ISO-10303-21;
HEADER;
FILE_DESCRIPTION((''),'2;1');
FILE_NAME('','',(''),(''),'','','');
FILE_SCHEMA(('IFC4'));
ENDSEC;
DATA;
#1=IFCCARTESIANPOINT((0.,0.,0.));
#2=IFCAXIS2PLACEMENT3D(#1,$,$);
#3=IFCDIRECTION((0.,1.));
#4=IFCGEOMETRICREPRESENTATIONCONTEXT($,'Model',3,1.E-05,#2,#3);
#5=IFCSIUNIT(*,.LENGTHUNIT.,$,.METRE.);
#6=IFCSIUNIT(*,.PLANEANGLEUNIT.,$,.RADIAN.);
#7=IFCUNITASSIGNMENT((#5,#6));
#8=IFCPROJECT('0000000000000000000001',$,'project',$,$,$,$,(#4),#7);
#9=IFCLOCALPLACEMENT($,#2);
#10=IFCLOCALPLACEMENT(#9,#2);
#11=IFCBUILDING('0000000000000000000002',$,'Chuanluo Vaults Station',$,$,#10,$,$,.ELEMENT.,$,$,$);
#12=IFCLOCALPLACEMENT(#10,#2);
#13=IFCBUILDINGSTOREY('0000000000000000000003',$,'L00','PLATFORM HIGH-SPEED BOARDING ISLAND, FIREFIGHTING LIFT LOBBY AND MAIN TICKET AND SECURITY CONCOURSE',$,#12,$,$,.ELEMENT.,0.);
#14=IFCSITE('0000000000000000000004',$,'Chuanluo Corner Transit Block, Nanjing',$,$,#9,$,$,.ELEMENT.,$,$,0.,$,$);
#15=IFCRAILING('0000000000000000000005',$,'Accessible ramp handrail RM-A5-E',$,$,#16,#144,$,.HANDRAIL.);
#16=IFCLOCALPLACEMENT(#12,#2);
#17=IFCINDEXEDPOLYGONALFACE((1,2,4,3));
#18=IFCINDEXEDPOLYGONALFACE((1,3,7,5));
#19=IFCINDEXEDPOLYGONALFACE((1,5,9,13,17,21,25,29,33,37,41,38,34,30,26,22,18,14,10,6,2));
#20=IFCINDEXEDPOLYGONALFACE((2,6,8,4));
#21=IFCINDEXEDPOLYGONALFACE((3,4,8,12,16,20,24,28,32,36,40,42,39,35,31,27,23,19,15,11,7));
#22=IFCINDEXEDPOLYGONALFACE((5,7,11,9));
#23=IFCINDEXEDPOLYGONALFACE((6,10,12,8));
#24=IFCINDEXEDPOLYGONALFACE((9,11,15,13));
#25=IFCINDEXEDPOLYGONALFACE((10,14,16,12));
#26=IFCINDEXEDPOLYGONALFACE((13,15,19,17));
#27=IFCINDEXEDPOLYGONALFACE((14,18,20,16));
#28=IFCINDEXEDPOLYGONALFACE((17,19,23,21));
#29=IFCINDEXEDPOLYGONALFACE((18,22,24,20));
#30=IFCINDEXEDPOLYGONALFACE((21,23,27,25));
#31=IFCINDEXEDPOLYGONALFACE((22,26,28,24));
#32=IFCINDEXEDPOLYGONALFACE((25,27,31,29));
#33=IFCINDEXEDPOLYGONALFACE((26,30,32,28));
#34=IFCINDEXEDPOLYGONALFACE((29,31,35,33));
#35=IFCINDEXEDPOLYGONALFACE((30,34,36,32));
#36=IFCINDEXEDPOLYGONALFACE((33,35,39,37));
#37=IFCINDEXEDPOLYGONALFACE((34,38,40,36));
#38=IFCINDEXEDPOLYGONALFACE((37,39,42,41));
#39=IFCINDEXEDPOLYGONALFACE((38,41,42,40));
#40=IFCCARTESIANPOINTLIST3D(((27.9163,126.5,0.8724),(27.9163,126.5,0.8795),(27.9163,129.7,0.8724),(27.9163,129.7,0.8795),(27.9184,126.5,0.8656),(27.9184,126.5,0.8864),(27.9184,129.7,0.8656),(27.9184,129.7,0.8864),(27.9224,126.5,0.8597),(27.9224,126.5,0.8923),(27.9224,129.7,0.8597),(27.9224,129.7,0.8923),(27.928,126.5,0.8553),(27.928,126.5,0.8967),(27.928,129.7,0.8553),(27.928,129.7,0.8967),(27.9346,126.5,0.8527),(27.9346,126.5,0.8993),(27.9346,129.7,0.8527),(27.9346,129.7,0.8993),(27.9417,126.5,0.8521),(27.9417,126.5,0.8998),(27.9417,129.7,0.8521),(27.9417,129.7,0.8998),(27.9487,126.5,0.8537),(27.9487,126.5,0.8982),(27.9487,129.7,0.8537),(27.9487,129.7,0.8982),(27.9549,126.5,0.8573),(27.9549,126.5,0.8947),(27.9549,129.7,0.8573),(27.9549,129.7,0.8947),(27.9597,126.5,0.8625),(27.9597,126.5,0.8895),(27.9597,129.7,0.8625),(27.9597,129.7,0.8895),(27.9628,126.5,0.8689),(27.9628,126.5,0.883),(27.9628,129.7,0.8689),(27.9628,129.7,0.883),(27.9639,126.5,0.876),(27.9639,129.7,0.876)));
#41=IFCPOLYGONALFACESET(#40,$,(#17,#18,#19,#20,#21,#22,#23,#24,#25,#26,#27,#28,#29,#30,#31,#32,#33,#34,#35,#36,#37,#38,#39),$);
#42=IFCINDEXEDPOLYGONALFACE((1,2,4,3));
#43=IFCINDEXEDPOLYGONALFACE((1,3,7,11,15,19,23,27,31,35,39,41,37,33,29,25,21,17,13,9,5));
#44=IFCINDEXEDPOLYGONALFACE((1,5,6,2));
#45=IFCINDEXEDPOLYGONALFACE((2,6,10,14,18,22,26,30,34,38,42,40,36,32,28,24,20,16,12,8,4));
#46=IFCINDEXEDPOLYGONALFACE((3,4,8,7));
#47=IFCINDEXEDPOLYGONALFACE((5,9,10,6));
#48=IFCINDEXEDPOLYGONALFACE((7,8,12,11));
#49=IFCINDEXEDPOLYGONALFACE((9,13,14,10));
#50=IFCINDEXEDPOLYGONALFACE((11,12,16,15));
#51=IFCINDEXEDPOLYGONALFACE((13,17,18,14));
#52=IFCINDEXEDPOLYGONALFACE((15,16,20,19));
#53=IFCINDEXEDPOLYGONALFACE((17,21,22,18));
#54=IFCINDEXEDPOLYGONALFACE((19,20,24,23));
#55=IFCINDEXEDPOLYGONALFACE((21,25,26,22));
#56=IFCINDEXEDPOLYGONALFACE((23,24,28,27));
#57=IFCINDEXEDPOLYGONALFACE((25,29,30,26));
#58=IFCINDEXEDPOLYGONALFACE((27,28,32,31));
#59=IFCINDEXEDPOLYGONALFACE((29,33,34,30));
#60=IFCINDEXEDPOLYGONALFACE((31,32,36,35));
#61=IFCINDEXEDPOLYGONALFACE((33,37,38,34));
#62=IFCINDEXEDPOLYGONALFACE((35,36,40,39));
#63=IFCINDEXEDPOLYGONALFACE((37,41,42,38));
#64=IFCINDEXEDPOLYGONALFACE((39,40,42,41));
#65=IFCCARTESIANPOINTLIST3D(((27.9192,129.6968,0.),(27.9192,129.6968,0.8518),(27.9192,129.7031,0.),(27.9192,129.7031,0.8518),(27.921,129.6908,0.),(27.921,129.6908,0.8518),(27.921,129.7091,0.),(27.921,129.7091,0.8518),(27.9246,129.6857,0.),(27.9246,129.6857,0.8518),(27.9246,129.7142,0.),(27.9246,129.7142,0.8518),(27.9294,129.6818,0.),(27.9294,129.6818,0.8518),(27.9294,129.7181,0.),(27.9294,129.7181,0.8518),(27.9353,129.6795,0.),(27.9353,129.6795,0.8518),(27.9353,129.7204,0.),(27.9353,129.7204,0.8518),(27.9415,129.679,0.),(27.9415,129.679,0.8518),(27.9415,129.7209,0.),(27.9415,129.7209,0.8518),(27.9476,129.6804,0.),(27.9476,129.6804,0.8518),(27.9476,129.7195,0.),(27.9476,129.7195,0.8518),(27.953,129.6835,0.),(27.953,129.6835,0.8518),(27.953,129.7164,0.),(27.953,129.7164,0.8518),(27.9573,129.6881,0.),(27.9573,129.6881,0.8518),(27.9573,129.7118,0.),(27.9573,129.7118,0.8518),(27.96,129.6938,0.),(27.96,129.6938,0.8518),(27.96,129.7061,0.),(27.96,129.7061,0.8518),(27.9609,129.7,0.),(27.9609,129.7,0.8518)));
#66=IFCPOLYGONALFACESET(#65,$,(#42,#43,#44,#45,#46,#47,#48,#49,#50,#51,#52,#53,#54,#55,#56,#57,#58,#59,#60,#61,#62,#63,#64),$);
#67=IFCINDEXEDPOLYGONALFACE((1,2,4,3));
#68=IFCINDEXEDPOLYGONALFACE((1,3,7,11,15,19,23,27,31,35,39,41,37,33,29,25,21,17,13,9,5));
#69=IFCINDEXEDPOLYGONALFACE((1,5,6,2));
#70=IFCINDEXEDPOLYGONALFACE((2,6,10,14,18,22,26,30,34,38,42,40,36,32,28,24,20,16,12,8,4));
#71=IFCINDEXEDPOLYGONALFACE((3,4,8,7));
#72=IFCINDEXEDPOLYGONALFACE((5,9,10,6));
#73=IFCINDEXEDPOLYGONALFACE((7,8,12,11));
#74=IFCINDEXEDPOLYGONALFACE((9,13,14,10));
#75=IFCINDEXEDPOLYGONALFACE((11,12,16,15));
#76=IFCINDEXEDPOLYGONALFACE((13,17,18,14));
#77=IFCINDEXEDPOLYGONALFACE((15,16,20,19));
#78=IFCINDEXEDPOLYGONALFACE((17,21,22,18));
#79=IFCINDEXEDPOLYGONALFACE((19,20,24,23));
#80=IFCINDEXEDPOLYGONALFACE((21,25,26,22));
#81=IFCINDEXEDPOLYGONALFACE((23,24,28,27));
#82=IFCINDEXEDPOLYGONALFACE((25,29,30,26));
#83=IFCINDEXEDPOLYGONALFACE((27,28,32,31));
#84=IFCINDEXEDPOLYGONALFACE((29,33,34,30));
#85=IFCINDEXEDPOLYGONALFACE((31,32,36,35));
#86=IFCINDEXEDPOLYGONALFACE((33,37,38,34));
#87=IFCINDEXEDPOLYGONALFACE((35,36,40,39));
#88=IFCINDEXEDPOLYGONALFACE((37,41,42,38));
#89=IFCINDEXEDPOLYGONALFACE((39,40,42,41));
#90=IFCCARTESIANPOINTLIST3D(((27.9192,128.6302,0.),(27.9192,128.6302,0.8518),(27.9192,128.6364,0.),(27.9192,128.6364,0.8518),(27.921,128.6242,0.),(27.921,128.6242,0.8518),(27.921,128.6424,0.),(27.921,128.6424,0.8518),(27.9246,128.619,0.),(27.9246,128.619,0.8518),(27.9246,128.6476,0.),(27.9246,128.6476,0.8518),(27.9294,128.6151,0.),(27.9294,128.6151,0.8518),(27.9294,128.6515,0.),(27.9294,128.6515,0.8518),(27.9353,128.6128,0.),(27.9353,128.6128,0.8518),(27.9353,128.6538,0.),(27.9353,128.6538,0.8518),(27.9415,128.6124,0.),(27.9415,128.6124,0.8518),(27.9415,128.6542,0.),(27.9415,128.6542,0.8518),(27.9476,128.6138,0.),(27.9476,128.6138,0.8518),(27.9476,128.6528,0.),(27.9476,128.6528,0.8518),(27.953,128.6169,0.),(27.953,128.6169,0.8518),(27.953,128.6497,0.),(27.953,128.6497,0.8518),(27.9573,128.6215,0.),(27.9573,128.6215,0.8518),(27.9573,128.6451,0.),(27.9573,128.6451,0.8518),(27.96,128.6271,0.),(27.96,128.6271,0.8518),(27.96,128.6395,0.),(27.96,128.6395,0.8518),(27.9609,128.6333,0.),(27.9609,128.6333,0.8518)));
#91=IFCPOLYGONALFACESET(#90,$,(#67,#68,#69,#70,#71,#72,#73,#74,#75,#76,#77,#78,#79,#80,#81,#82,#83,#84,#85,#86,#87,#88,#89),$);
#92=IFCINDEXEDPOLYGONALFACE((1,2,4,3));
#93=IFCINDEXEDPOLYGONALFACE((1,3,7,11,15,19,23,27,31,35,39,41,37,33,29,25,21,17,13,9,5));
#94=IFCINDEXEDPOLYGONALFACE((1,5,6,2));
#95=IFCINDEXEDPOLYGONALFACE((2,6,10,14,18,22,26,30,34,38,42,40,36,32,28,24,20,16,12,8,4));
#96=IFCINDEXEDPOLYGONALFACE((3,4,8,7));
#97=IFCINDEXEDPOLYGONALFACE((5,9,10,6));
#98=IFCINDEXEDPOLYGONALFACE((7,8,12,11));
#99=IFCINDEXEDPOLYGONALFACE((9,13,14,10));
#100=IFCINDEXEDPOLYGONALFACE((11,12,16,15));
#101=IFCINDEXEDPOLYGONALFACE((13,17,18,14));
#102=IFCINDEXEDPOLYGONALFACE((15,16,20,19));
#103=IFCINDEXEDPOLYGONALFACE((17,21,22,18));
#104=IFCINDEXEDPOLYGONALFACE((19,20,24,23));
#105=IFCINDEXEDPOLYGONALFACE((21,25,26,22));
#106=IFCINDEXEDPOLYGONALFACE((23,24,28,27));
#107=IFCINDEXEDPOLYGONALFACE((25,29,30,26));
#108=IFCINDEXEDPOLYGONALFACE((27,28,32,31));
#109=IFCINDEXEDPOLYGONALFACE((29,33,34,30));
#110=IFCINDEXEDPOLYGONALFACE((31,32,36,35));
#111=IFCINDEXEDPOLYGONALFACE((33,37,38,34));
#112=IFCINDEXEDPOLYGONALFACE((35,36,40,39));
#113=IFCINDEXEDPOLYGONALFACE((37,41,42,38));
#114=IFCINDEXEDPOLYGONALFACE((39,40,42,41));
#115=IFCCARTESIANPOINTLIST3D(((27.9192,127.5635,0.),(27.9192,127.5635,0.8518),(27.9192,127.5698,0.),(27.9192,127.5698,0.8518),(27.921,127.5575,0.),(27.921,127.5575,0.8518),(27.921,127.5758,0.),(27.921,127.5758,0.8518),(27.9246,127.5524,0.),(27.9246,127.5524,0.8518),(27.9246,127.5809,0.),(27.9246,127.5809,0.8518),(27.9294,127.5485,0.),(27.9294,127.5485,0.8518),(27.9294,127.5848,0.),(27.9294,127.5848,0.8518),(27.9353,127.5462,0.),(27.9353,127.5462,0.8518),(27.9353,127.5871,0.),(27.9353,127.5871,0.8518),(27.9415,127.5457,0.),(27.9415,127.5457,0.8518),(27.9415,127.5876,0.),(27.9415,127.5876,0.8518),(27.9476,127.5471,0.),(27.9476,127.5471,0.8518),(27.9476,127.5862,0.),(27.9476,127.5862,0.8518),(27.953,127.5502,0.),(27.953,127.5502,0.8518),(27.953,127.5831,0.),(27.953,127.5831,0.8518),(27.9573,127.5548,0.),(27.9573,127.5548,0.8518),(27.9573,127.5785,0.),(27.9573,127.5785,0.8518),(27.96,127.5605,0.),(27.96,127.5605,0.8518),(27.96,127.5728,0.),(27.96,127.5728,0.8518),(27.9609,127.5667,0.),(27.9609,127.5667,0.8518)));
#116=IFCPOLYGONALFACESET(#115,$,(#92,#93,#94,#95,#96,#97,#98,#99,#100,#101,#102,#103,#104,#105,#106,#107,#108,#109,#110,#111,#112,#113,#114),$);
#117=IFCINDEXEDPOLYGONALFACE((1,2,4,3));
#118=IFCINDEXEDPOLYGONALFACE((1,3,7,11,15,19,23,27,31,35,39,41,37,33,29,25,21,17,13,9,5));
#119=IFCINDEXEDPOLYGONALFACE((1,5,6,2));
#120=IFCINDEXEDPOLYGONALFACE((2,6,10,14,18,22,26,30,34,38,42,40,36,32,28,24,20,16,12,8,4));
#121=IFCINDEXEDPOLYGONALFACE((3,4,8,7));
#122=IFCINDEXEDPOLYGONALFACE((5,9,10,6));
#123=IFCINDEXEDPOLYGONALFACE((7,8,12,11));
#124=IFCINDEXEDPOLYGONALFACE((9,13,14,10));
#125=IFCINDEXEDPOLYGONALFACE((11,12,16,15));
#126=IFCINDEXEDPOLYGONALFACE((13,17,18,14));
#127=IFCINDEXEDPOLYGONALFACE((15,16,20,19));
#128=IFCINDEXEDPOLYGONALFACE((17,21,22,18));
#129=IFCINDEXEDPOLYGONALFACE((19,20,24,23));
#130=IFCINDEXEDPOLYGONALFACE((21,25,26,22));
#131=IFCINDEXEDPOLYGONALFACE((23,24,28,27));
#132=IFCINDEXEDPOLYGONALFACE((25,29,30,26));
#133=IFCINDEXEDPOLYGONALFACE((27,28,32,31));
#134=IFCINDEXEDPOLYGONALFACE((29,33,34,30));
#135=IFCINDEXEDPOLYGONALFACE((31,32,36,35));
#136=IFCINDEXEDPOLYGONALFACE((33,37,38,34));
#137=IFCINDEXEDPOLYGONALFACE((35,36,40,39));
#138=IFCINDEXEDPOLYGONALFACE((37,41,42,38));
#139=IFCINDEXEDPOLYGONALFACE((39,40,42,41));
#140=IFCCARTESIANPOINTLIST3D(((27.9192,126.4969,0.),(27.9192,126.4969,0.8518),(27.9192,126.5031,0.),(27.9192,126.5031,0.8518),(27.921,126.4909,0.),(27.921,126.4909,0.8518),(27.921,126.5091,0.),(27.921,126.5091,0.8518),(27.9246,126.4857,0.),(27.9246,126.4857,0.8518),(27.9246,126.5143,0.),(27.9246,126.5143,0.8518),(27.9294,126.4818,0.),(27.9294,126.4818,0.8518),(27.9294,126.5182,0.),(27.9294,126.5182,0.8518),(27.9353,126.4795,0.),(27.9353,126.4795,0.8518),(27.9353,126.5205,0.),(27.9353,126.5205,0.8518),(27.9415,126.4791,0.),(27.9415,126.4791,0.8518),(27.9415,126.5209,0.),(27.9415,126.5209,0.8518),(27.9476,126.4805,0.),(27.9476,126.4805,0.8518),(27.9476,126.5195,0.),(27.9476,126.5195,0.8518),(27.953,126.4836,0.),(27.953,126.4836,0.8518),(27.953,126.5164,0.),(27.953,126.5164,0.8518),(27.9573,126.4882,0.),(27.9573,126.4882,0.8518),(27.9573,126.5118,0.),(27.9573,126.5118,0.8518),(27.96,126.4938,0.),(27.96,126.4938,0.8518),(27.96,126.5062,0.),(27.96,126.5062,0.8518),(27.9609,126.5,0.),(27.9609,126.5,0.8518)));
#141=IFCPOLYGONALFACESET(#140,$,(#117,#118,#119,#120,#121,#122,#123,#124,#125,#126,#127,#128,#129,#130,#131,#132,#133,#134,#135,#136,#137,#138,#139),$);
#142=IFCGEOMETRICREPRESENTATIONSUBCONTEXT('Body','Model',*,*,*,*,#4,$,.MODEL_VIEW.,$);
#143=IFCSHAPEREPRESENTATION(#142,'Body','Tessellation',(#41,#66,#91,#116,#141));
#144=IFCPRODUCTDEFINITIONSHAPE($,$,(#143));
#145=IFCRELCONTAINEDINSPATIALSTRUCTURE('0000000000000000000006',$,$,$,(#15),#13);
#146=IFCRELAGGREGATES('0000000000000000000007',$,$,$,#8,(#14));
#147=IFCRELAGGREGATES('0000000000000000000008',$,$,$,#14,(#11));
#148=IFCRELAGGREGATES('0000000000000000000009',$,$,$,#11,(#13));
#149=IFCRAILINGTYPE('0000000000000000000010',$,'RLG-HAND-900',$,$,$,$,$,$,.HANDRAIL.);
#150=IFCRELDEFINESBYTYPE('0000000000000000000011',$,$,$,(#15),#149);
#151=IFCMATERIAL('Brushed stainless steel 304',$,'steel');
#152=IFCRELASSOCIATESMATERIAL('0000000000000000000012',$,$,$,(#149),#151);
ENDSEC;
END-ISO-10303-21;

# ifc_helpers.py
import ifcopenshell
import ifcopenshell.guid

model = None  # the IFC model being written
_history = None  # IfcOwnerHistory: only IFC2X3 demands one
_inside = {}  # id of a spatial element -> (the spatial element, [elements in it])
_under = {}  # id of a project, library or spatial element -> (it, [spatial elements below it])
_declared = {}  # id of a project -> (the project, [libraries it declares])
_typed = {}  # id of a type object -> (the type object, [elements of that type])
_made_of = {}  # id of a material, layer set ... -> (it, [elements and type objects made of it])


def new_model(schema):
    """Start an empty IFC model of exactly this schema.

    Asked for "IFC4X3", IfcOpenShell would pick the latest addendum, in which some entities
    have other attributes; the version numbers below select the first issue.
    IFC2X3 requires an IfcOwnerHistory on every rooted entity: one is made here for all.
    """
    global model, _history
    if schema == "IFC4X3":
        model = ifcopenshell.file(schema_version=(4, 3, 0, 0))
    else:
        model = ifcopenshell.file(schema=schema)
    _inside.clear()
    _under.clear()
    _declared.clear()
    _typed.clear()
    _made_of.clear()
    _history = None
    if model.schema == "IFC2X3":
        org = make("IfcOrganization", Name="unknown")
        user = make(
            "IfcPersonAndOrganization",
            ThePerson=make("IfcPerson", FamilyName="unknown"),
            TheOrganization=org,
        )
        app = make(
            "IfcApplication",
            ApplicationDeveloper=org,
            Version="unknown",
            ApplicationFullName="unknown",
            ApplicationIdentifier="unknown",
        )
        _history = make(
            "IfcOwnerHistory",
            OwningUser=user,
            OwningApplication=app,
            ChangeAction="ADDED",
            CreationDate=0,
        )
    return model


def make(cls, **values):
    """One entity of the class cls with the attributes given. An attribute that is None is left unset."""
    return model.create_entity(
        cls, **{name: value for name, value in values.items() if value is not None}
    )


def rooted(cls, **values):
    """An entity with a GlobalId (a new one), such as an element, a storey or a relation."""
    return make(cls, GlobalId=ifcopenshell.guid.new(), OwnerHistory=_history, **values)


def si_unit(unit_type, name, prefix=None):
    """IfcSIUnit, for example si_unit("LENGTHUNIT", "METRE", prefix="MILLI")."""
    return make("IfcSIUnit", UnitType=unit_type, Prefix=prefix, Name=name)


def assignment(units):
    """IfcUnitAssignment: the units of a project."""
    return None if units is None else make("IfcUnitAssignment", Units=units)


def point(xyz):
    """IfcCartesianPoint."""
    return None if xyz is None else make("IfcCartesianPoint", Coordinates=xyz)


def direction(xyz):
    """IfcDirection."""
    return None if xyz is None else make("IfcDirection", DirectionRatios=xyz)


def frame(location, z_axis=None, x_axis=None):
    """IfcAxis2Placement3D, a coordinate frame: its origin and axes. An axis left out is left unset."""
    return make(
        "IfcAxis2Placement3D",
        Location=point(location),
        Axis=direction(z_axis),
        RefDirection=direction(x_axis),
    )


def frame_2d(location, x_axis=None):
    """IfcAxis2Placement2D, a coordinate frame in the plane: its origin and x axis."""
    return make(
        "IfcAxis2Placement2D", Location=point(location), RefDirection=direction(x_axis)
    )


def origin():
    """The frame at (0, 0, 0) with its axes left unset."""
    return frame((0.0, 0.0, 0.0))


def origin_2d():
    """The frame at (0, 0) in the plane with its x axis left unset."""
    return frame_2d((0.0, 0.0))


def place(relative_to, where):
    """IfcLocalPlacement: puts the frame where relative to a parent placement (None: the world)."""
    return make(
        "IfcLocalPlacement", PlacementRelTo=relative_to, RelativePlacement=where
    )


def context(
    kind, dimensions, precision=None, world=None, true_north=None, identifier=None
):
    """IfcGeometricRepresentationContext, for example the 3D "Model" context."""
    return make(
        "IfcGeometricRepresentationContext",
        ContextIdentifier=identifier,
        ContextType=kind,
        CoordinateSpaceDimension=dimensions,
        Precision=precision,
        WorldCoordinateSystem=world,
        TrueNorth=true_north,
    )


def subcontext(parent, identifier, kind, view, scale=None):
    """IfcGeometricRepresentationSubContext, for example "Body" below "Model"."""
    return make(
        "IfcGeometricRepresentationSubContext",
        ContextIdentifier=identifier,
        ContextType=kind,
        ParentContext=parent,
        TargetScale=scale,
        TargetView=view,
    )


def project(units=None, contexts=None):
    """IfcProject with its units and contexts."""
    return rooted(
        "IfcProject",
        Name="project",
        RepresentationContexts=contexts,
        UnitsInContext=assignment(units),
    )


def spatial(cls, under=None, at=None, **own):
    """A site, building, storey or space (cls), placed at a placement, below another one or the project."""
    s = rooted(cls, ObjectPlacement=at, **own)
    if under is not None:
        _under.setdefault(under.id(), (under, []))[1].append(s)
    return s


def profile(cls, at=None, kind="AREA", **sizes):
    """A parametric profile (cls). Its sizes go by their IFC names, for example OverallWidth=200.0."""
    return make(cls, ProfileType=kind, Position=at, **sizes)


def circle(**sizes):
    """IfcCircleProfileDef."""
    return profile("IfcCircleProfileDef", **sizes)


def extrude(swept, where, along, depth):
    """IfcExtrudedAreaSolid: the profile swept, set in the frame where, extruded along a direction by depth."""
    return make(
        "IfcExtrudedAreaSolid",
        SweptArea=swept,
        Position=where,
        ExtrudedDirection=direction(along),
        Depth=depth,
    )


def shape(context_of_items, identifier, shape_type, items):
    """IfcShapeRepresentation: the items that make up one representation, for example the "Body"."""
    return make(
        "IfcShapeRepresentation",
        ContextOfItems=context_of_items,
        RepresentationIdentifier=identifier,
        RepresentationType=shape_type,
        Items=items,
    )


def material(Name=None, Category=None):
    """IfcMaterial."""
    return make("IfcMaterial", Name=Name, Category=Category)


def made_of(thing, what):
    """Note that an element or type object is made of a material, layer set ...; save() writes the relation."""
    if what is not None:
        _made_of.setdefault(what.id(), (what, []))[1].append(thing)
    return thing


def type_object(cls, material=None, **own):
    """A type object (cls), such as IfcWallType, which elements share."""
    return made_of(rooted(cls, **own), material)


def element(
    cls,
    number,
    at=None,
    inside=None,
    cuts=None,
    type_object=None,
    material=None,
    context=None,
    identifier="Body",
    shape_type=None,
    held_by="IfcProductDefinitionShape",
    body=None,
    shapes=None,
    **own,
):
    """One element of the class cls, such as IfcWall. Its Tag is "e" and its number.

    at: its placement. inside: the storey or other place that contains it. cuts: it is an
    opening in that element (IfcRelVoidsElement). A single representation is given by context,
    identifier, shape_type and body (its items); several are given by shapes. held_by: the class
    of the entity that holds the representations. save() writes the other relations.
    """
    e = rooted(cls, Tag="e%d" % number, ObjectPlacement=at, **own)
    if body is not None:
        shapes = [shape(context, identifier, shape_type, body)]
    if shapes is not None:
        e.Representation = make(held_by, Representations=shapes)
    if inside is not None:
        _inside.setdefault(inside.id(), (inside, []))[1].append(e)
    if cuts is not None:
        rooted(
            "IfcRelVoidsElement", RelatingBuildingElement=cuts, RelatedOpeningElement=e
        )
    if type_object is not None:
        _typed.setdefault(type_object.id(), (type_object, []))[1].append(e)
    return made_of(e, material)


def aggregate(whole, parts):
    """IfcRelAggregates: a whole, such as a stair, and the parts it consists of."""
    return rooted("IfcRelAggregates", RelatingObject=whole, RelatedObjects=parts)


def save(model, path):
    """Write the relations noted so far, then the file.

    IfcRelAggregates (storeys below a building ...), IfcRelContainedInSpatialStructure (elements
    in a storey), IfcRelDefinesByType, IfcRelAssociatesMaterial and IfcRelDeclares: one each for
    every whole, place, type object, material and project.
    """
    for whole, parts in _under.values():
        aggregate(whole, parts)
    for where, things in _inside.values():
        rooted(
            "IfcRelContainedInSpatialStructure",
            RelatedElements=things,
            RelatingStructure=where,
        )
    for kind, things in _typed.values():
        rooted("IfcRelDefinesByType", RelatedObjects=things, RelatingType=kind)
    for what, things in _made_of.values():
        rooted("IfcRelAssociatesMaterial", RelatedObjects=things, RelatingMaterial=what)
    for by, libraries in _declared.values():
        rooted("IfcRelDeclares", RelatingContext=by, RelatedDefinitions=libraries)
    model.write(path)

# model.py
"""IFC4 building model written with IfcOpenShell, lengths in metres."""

from ifc_helpers import new_model, si_unit, direction, frame, origin, origin_2d, place, context, subcontext, project, spatial, circle, extrude, material, type_object, element, save


model = new_model("IFC4")

# Units and contexts
model_context = context("Model", 3, precision=1e-05, world=origin(), true_north=direction((0.0, 1.0)))
body_context = subcontext(model_context, "Body", "Model", "MODEL_VIEW")
ifc_project = project(units=[si_unit("LENGTHUNIT", "METRE"), si_unit("PLANEANGLEUNIT", "RADIAN")], contexts=[model_context])

# Site, building, storey
site_placement = place(None, origin())
site = spatial("IfcSite", under=ifc_project, at=site_placement, Name="Chuanluo Corner Transit Block, Nanjing", CompositionType="ELEMENT", RefElevation=0.0)
building_placement = place(site_placement, origin())
building = spatial("IfcBuilding", under=site, at=building_placement, Name="Chuanluo Vaults Station", CompositionType="ELEMENT")
storey_placement = place(building_placement, origin())
storey = spatial("IfcBuildingStorey", under=building, at=storey_placement, Name="L00", Description="PLATFORM HIGH-SPEED BOARDING ISLAND, FIREFIGHTING LIFT LOBBY AND MAIN TICKET AND SECURITY CONCOURSE", CompositionType="ELEMENT", Elevation=0.0)

# Railing
ifc_material_1 = material(Name="Brushed stainless steel 304", Category="steel")
railing_type_1 = type_object("IfcRailingType", Name="RLG-HAND-900", PredefinedType="HANDRAIL", material=ifc_material_1)
for number, where, name in (
    (1, (27.9399, 129.7, 0.0), "Accessible ramp handrail RM-A5-E"),
):
    element("IfcRailing", number, at=place(storey_placement, frame(where)), inside=storey, type_object=railing_type_1, Name=name, PredefinedType="HANDRAIL", context=body_context, shape_type="SweptSolid", body=[
        extrude(circle(Radius=0.0239, at=origin_2d()), frame((0.0, 0.0, 0.876), z_axis=(0.0, -1.0, 0.0), x_axis=(1.0, 0.0, 0.0)), (0.0, 0.0, 1.0), 3.2),
        extrude(circle(Radius=0.021, at=origin_2d()), origin(), (0.0, 0.0, 1.0), 0.8518),
        extrude(circle(Radius=0.021, at=origin_2d()), frame((0.0, -1.0667, 0.0)), (0.0, 0.0, 1.0), 0.8518),
        extrude(circle(Radius=0.021, at=origin_2d()), frame((0.0, -2.1333, 0.0)), (0.0, 0.0, 1.0), 0.8518),
        extrude(circle(Radius=0.021, at=origin_2d()), frame((0.0, -3.2, 0.0)), (0.0, 0.0, 1.0), 0.8518),
    ])

save(model, "model.ifc")
